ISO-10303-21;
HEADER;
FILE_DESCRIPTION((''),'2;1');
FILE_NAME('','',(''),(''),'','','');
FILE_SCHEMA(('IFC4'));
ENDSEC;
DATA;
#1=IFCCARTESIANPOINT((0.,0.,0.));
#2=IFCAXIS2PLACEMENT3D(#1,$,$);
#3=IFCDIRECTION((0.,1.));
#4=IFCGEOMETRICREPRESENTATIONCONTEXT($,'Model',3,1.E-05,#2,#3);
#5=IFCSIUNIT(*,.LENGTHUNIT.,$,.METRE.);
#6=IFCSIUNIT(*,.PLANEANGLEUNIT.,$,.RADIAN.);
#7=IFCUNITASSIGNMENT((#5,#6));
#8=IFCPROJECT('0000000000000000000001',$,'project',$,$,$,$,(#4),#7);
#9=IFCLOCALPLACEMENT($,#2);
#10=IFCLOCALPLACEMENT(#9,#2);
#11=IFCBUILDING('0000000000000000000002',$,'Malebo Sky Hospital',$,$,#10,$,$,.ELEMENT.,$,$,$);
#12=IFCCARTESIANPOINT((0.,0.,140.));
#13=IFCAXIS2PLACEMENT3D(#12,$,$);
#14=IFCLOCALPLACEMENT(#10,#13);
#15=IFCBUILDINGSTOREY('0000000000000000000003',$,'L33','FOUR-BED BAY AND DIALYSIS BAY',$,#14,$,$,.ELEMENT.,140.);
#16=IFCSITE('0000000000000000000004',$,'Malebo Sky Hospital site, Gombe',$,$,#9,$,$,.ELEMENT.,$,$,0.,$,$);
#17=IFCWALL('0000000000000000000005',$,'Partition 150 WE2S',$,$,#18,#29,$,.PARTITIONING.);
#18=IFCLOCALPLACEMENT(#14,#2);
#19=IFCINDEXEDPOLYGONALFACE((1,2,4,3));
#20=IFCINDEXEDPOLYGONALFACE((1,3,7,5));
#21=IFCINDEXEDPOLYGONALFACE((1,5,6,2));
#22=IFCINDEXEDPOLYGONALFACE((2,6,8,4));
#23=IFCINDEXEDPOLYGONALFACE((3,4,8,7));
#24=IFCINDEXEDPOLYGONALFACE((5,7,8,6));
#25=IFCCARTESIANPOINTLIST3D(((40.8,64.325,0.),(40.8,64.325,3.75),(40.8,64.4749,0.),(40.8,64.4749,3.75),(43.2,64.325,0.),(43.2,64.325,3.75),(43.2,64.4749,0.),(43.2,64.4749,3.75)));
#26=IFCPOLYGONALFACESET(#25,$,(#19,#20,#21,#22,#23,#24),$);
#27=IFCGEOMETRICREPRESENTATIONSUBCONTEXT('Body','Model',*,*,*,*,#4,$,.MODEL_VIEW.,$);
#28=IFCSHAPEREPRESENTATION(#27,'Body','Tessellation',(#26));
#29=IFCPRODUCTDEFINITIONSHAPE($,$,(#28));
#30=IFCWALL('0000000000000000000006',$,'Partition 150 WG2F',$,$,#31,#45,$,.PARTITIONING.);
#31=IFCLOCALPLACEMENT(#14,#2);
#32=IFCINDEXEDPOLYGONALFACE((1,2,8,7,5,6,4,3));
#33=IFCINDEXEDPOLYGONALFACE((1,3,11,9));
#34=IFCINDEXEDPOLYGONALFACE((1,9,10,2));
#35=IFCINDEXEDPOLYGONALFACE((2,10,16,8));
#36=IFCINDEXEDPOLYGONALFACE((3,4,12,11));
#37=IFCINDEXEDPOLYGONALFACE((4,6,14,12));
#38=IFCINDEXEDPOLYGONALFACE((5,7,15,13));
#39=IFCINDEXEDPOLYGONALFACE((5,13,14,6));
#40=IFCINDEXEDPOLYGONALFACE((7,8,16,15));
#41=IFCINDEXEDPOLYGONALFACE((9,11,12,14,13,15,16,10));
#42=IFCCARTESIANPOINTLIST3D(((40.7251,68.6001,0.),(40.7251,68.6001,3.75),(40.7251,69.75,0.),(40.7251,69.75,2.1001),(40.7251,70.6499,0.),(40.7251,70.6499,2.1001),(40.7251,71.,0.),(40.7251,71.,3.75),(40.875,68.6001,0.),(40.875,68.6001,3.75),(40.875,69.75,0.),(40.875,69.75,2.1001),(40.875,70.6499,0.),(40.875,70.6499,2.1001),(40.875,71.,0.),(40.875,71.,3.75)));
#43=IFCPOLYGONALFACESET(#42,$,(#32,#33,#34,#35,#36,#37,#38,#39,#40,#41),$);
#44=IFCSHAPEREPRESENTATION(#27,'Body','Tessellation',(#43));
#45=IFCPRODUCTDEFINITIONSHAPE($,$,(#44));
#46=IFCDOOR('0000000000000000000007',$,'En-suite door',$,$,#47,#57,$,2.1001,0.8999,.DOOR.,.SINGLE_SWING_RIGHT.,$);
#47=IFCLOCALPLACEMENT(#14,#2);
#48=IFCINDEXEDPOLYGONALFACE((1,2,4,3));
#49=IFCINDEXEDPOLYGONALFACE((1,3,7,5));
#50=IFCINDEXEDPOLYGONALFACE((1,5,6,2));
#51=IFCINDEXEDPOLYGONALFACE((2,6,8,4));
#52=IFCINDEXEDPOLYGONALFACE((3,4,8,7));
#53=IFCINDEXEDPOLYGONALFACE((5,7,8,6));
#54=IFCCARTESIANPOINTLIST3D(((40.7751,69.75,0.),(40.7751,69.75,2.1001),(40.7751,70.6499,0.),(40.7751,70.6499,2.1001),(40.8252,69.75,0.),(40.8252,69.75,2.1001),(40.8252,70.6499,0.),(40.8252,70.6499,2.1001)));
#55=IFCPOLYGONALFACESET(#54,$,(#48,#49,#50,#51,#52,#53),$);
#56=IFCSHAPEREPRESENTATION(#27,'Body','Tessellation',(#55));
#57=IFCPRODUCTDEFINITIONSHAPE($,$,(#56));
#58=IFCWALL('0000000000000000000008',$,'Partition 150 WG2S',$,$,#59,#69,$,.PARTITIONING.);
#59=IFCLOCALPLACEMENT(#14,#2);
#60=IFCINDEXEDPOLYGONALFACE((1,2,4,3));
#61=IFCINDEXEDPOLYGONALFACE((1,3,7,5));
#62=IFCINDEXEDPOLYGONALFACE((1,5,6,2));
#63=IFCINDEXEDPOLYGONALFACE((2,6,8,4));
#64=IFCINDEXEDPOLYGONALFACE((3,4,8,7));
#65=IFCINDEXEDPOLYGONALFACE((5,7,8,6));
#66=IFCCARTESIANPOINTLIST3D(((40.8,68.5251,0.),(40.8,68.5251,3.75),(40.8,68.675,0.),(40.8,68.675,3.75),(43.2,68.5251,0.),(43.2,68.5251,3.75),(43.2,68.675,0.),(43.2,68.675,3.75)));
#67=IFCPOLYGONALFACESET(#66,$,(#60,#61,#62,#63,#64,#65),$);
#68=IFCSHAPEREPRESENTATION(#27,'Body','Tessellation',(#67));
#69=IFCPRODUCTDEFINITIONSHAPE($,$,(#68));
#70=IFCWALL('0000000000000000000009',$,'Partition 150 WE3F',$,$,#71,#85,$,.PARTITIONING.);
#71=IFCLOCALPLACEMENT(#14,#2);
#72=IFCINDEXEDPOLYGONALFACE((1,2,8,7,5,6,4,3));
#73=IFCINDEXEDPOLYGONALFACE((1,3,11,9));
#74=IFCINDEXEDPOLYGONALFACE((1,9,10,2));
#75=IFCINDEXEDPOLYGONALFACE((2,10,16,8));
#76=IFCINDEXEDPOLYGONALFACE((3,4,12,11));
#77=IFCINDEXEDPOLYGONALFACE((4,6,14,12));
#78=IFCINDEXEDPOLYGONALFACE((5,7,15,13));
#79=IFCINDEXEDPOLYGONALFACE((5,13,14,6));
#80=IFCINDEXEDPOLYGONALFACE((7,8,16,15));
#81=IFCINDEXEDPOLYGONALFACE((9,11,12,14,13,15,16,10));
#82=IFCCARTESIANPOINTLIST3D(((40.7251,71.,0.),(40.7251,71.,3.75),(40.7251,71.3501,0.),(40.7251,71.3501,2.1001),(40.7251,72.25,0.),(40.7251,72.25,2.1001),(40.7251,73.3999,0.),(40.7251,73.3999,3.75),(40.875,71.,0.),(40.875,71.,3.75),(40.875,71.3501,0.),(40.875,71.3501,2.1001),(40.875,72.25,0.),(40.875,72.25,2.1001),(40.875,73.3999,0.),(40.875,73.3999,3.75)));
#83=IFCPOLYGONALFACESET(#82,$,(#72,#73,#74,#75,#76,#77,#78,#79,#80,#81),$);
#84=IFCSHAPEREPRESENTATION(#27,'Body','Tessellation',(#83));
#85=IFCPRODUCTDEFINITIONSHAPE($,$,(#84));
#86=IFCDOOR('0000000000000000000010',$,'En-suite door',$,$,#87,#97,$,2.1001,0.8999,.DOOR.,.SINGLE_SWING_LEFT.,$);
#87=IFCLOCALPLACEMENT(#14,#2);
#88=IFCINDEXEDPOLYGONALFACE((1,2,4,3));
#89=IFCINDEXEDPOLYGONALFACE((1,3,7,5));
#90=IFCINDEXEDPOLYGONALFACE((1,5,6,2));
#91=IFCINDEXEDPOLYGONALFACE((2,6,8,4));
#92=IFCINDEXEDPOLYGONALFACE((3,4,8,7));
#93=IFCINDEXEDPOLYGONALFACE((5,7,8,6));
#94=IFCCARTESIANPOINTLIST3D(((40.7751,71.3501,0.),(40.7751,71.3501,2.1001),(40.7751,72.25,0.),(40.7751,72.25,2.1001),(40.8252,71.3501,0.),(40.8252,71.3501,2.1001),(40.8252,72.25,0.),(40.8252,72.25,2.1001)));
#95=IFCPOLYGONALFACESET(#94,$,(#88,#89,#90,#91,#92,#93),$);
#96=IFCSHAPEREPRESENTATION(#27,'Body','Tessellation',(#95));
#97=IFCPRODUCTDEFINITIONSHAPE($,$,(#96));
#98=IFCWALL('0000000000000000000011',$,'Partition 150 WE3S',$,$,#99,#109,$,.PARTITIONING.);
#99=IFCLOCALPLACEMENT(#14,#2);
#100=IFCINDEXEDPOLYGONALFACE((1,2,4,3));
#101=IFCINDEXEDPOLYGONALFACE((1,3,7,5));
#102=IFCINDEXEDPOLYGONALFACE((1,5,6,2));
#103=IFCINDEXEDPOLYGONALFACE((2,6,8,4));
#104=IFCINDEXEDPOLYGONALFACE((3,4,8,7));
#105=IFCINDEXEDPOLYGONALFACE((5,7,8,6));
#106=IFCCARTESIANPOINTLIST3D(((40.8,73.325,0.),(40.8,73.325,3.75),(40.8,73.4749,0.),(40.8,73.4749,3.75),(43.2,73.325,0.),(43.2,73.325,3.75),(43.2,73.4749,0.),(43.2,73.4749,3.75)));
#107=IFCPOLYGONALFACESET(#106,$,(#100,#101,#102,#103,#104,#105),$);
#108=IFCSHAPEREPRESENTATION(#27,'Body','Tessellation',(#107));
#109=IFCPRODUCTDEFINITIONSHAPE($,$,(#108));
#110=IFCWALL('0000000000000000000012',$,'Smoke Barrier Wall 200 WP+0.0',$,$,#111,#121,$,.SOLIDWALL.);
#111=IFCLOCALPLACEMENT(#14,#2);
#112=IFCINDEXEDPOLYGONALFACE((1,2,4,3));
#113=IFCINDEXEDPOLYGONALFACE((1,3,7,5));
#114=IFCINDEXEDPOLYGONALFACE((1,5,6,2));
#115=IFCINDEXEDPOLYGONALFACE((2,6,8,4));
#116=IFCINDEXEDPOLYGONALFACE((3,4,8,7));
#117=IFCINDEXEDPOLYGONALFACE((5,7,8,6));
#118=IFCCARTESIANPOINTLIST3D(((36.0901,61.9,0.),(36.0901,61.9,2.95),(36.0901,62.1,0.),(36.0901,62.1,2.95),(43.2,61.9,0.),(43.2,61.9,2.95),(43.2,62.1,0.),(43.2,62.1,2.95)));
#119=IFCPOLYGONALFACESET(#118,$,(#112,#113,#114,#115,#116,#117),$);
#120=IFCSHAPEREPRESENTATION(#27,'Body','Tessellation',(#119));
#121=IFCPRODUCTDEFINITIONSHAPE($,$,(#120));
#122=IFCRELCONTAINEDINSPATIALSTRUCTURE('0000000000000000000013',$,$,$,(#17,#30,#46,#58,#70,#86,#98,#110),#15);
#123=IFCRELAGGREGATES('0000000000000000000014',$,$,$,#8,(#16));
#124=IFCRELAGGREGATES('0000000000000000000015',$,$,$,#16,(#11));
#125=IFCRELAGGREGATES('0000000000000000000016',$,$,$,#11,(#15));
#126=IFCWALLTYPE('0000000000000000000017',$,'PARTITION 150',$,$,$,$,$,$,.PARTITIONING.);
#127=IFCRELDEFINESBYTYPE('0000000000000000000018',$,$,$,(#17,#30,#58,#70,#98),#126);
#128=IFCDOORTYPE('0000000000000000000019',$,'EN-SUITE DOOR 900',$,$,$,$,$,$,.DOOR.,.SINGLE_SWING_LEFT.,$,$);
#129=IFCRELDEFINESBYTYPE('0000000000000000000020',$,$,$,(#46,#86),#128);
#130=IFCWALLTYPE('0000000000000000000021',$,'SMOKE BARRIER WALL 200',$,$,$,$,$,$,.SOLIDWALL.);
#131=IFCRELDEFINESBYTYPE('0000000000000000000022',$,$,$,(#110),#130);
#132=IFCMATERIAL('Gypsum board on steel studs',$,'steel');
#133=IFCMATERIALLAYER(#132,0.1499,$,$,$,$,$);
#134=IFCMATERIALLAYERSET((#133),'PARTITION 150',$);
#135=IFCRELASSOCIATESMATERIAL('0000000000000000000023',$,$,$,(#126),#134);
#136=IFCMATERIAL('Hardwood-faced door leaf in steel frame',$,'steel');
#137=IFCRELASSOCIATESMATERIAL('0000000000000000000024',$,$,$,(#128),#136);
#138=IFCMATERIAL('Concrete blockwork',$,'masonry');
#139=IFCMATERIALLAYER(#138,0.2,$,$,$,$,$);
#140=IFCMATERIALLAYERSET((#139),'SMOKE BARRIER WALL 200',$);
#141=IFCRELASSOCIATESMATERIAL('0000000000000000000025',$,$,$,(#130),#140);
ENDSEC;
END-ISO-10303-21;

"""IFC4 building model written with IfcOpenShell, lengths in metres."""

from ifc_helpers import new_model, si_unit, direction, frame, frame_2d, origin, place, context, subcontext, project, spatial, rectangle, extrude, material, layer, layer_set, type_object, element, fill, save


model = new_model("IFC4")

# Units and contexts
model_context = context("Model", 3, precision=1e-05, world=origin(), true_north=direction((0.0, 1.0)))
body_context = subcontext(model_context, "Body", "Model", "MODEL_VIEW")
ifc_project = project(units=[si_unit("LENGTHUNIT", "METRE"), si_unit("PLANEANGLEUNIT", "RADIAN")], contexts=[model_context])

# Site, building, storey
site_placement = place(None, origin())
site = spatial("IfcSite", under=ifc_project, at=site_placement, Name="Malebo Sky Hospital site, Gombe", CompositionType="ELEMENT", RefElevation=0.0)
building_placement = place(site_placement, origin())
building = spatial("IfcBuilding", under=site, at=building_placement, Name="Malebo Sky Hospital", CompositionType="ELEMENT")
storey_placement = place(building_placement, frame((0.0, 0.0, 140.0)))
storey = spatial("IfcBuildingStorey", under=building, at=storey_placement, Name="L33", Description="FOUR-BED BAY AND DIALYSIS BAY", CompositionType="ELEMENT", Elevation=140.0)

# Shared definitions
ifc_material_1 = material(Name="Gypsum board on steel studs", Category="steel")
ifc_layer_1 = layer(ifc_material_1, 0.1499)
ifc_layer_set_1 = layer_set([ifc_layer_1], Name="PARTITION 150")
wall_type_1 = type_object("IfcWallType", Name="PARTITION 150", PredefinedType="PARTITIONING", material=ifc_layer_set_1)

# Shared definitions
ifc_material_2 = material(Name="Hardwood-faced door leaf in steel frame", Category="steel")
door_type = type_object("IfcDoorType", Name="EN-SUITE DOOR 900", OperationType="SINGLE_SWING_LEFT", PredefinedType="DOOR", material=ifc_material_2)

# Wall
wall_1_placement = place(storey_placement, frame((43.2, 64.3999, 0.0), z_axis=(0.0, 0.0, 1.0), x_axis=(-1.0, 0.0, 0.0)))
element("IfcWall", 1, at=wall_1_placement, inside=storey, type_object=wall_type_1, Name="Partition 150 WE2S", PredefinedType="PARTITIONING", context=body_context, shape_type="SweptSolid", body=[
    extrude(rectangle(XDim=2.3999, YDim=0.1499, at=frame_2d((1.2, 0.0))), origin(), (0.0, 0.0, 1.0), 3.75),
])

# Wall, opening, door
wall_2_placement = place(storey_placement, frame((40.8, 68.6001, 0.0), z_axis=(0.0, 0.0, 1.0), x_axis=(0.0, 1.0, 0.0)))
wall_2 = element("IfcWall", 2, at=wall_2_placement, inside=storey, type_object=wall_type_1, Name="Partition 150 WG2F", PredefinedType="PARTITIONING", context=body_context, shape_type="SweptSolid", body=[
    extrude(rectangle(XDim=2.3999, YDim=0.1499, at=frame_2d((1.2, 0.0))), origin(), (0.0, 0.0, 1.0), 3.75),
])
opening_1_placement = place(wall_2_placement, frame((1.1499, 0.0, 0.0)))
opening_1 = element("IfcOpeningElement", 3, at=opening_1_placement, cuts=wall_2, PredefinedType="OPENING", context=body_context, shape_type="SweptSolid", body=[
    extrude(rectangle(XDim=0.8999, YDim=2.1001, at=frame_2d((0.45, 1.05))), frame((0.0, 0.085, 0.0), z_axis=(0.0, -1.0, 0.0), x_axis=(1.0, 0.0, 0.0)), (0.0, 0.0, 1.0), 0.1699),
])
door_1_placement = place(opening_1_placement, origin())
door_1 = element("IfcDoor", 4, at=door_1_placement, inside=storey, type_object=door_type, Name="En-suite door", OperationType="SINGLE_SWING_RIGHT", OverallHeight=2.1001, OverallWidth=0.8999, PredefinedType="DOOR", context=body_context, shape_type="SweptSolid", body=[
    extrude(rectangle(XDim=0.8999, YDim=2.1001, at=frame_2d((0.45, 1.05))), frame((0.0, 0.0249, 0.0), z_axis=(0.0, -1.0, 0.0), x_axis=(1.0, 0.0, 0.0)), (0.0, 0.0, 1.0), 0.05),
])
fill(opening_1, door_1)

# Wall
wall_3_placement = place(storey_placement, frame((43.2, 68.6001, 0.0), z_axis=(0.0, 0.0, 1.0), x_axis=(-1.0, 0.0, 0.0)))
element("IfcWall", 5, at=wall_3_placement, inside=storey, type_object=wall_type_1, Name="Partition 150 WG2S", PredefinedType="PARTITIONING", context=body_context, shape_type="SweptSolid", body=[
    extrude(rectangle(XDim=2.3999, YDim=0.1499, at=frame_2d((1.2, 0.0))), origin(), (0.0, 0.0, 1.0), 3.75),
])

# Wall, opening, door
wall_4_placement = place(storey_placement, frame((40.8, 71.0, 0.0), z_axis=(0.0, 0.0, 1.0), x_axis=(0.0, 1.0, 0.0)))
wall_4 = element("IfcWall", 6, at=wall_4_placement, inside=storey, type_object=wall_type_1, Name="Partition 150 WE3F", PredefinedType="PARTITIONING", context=body_context, shape_type="SweptSolid", body=[
    extrude(rectangle(XDim=2.3999, YDim=0.1499, at=frame_2d((1.2, 0.0))), origin(), (0.0, 0.0, 1.0), 3.75),
])
opening_2_placement = place(wall_4_placement, frame((0.3501, 0.0, 0.0)))
opening_2 = element("IfcOpeningElement", 7, at=opening_2_placement, cuts=wall_4, PredefinedType="OPENING", context=body_context, shape_type="SweptSolid", body=[
    extrude(rectangle(XDim=0.8999, YDim=2.1001, at=frame_2d((0.45, 1.05))), frame((0.0, 0.085, 0.0), z_axis=(0.0, -1.0, 0.0), x_axis=(1.0, 0.0, 0.0)), (0.0, 0.0, 1.0), 0.1699),
])
door_2_placement = place(opening_2_placement, origin())
door_2 = element("IfcDoor", 8, at=door_2_placement, inside=storey, type_object=door_type, Name="En-suite door", OperationType="SINGLE_SWING_LEFT", OverallHeight=2.1001, OverallWidth=0.8999, PredefinedType="DOOR", context=body_context, shape_type="SweptSolid", body=[
    extrude(rectangle(XDim=0.8999, YDim=2.1001, at=frame_2d((0.45, 1.05))), frame((0.0, 0.0249, 0.0), z_axis=(0.0, -1.0, 0.0), x_axis=(1.0, 0.0, 0.0)), (0.0, 0.0, 1.0), 0.05),
])
fill(opening_2, door_2)

# Walls
wall_5_placement = place(storey_placement, frame((43.2, 73.3999, 0.0), z_axis=(0.0, 0.0, 1.0), x_axis=(-1.0, 0.0, 0.0)))
element("IfcWall", 9, at=wall_5_placement, inside=storey, type_object=wall_type_1, Name="Partition 150 WE3S", PredefinedType="PARTITIONING", context=body_context, shape_type="SweptSolid", body=[
    extrude(rectangle(XDim=2.3999, YDim=0.1499, at=frame_2d((1.2, 0.0))), origin(), (0.0, 0.0, 1.0), 3.75),
])
ifc_material_3 = material(Name="Concrete blockwork", Category="masonry")
ifc_layer_2 = layer(ifc_material_3, 0.2)
ifc_layer_set_2 = layer_set([ifc_layer_2], Name="SMOKE BARRIER WALL 200")
wall_type_2 = type_object("IfcWallType", Name="SMOKE BARRIER WALL 200", PredefinedType="SOLIDWALL", material=ifc_layer_set_2)
wall_6_placement = place(storey_placement, frame((43.2, 62.0, 0.0), z_axis=(0.0, 0.0, 1.0), x_axis=(-1.0, 0.0, 0.0)))
element("IfcWall", 10, at=wall_6_placement, inside=storey, type_object=wall_type_2, Name="Smoke Barrier Wall 200 WP+0.0", PredefinedType="SOLIDWALL", context=body_context, shape_type="SweptSolid", body=[
    extrude(rectangle(XDim=7.1099, YDim=0.2, at=frame_2d((3.5549, 0.0))), origin(), (0.0, 0.0, 1.0), 2.95),
])

save(model, "model.ifc")
